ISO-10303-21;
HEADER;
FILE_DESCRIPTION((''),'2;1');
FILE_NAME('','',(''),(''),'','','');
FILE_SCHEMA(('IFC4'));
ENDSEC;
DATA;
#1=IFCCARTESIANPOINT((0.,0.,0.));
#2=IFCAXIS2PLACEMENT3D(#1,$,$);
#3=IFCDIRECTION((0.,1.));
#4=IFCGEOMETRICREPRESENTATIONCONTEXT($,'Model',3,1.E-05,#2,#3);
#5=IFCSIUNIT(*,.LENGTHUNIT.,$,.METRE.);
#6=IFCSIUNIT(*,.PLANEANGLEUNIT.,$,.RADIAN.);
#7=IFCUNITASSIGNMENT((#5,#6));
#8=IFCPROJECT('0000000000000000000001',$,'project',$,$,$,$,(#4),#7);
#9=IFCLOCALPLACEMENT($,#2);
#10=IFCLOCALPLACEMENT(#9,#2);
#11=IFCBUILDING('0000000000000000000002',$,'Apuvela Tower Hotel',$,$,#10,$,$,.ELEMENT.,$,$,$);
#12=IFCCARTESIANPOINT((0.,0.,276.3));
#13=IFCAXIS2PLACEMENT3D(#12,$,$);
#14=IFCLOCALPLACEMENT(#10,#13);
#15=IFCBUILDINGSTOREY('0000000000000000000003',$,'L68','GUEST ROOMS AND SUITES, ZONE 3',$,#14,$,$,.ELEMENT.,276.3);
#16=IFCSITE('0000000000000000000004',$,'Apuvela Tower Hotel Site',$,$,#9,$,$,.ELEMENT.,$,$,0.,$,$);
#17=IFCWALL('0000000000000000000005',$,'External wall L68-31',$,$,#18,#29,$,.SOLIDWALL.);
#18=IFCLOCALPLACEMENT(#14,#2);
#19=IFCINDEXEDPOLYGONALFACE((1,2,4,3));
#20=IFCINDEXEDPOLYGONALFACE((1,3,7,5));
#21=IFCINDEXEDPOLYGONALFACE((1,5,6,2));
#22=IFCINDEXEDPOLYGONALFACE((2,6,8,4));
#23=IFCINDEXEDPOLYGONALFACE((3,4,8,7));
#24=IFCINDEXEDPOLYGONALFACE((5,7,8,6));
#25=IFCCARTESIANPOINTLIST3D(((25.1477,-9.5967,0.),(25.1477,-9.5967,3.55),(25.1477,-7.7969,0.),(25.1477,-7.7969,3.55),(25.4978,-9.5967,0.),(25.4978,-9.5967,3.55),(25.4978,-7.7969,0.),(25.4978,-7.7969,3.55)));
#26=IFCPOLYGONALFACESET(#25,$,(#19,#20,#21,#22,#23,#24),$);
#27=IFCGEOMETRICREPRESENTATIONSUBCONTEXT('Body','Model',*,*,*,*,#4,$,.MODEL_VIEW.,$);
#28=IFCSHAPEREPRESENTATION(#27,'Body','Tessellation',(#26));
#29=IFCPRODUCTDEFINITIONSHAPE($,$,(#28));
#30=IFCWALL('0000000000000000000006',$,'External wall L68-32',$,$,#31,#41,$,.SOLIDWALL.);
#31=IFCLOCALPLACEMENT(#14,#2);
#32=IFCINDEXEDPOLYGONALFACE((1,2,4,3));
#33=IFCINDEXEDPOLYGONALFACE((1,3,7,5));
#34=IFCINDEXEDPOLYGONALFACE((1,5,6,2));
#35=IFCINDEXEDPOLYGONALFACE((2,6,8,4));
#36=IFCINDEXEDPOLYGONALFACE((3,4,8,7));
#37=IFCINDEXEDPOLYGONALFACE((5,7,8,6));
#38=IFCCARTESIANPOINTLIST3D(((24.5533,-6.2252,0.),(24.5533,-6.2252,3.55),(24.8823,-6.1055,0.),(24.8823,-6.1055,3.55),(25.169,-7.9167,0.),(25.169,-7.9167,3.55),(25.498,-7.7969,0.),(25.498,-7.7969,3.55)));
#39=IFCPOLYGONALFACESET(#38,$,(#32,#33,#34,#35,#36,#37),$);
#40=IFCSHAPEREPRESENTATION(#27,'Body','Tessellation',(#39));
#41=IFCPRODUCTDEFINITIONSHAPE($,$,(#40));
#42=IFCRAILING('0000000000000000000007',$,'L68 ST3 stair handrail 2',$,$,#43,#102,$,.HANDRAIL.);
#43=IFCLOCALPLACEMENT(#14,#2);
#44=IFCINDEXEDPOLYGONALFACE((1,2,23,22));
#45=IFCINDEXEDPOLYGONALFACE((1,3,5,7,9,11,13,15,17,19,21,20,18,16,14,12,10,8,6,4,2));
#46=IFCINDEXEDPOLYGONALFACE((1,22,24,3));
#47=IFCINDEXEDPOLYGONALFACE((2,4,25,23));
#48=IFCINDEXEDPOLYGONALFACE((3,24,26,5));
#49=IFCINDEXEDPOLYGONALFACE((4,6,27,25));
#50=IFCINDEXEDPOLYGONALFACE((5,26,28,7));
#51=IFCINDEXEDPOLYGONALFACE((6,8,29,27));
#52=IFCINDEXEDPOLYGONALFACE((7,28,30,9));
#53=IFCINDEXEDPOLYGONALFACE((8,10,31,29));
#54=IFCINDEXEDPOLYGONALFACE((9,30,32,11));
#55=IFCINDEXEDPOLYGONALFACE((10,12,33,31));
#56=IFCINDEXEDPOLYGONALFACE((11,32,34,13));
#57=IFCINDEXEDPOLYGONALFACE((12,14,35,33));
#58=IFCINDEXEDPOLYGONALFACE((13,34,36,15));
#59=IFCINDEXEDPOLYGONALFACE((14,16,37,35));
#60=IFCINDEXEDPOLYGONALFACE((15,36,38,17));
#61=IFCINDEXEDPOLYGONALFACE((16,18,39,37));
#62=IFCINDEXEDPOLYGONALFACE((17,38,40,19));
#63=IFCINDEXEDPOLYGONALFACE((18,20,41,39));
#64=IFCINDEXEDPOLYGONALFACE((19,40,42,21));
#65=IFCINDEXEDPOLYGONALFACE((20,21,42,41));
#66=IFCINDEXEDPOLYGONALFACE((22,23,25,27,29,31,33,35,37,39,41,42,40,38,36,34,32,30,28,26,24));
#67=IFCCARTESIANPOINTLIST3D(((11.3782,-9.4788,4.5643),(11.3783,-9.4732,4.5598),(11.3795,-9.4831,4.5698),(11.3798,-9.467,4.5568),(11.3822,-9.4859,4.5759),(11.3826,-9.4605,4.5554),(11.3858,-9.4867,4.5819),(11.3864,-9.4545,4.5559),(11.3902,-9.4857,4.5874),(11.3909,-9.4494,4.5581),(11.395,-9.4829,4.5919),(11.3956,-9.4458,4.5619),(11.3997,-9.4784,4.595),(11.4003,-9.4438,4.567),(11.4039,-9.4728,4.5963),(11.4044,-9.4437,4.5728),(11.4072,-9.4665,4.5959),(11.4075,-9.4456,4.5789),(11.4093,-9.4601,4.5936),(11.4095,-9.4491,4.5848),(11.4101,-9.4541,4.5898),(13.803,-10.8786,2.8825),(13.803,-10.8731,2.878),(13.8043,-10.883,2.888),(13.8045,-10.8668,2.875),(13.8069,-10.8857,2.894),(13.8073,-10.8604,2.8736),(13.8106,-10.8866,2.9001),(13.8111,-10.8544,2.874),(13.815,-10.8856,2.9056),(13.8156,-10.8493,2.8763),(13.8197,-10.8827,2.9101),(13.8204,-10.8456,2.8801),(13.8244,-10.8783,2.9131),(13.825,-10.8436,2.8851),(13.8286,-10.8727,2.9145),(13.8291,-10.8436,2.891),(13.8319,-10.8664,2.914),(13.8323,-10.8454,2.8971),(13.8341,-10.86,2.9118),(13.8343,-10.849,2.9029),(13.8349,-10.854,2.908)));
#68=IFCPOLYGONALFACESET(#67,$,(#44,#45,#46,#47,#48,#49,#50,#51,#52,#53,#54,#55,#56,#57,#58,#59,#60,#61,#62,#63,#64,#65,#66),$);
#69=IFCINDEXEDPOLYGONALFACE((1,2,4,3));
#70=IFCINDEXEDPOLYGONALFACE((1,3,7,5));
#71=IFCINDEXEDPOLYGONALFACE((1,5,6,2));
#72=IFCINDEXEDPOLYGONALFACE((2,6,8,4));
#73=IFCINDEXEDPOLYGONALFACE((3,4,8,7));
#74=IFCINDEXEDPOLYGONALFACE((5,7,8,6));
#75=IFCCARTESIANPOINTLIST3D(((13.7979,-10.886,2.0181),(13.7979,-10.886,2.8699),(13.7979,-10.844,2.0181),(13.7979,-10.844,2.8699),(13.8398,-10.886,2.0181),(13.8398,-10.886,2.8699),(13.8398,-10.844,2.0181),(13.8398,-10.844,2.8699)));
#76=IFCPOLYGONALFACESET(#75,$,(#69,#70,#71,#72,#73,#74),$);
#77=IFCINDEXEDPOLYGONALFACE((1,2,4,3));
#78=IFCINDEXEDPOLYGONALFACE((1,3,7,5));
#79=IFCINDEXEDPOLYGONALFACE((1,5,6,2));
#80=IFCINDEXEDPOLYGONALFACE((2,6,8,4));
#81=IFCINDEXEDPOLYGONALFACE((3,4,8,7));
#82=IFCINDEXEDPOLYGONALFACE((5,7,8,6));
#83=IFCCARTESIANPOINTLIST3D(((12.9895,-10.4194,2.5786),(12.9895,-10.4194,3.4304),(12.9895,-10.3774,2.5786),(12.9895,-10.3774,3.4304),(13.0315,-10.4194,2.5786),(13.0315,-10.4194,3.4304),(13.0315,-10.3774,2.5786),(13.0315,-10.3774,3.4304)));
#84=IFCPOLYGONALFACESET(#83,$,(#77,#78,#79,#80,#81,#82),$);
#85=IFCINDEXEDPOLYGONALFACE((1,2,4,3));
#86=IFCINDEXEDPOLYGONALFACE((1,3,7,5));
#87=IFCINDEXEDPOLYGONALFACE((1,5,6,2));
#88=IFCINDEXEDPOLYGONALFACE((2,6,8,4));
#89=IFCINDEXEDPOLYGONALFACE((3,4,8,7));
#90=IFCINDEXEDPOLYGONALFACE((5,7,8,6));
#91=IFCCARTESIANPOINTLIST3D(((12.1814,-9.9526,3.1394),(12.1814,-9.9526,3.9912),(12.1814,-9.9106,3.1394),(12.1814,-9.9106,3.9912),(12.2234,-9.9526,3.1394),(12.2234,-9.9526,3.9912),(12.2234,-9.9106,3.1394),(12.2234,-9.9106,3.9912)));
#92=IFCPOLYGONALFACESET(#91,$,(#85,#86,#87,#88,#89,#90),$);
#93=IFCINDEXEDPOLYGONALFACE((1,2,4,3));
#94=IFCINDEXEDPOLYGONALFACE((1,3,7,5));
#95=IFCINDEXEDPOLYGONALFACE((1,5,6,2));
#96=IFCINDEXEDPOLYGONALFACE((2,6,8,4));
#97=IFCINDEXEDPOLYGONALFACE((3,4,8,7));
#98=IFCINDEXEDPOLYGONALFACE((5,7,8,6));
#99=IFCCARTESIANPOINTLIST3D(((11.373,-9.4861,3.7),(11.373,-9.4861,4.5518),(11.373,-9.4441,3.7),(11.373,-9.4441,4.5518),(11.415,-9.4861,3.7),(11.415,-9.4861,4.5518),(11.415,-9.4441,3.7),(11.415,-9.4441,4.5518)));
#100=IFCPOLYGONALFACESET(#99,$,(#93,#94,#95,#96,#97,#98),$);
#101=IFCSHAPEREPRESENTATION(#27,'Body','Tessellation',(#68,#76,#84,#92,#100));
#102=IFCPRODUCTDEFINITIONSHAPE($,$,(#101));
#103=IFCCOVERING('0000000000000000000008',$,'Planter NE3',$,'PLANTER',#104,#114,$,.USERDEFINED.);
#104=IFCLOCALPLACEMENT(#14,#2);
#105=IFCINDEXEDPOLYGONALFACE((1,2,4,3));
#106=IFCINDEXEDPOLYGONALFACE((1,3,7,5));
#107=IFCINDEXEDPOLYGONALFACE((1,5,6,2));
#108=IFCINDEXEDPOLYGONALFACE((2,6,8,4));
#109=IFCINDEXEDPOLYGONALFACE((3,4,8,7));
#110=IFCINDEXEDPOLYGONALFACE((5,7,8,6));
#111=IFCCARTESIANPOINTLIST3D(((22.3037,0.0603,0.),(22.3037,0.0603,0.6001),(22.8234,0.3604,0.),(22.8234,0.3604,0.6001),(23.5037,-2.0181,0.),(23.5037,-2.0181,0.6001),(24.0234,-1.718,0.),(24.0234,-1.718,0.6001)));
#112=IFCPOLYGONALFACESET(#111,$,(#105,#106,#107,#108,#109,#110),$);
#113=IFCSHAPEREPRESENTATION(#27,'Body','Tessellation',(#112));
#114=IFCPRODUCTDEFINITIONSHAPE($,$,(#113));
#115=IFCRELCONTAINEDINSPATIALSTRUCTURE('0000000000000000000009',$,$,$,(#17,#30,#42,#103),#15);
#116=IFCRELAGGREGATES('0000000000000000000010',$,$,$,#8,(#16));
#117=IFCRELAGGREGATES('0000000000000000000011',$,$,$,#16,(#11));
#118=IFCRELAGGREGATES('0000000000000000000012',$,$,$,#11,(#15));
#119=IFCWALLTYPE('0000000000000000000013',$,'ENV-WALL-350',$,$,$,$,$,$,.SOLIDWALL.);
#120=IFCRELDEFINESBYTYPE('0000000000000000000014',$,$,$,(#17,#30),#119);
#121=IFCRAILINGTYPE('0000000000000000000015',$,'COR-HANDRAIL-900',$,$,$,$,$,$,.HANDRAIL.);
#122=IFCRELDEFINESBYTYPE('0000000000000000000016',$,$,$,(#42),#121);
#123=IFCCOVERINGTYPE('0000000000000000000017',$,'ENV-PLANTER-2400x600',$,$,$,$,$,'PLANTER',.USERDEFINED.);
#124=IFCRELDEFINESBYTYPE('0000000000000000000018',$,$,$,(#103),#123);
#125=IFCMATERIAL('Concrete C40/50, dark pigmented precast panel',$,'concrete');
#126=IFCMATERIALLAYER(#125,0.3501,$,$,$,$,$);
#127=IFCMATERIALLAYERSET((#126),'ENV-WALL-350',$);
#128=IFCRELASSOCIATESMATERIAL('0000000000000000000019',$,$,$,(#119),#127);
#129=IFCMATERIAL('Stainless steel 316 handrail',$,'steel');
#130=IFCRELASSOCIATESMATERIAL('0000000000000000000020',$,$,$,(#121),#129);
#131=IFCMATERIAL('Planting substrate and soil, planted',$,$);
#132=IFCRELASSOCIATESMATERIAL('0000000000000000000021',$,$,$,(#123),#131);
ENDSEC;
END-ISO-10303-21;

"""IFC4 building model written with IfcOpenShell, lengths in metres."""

from ifc_helpers import new_model, si_unit, direction, frame, frame_2d, origin, origin_2d, place, context, subcontext, project, spatial, rectangle, circle, extrude, material, layer, layer_set, type_object, element, save


model = new_model("IFC4")

# Units and contexts
model_context = context("Model", 3, precision=1e-05, world=origin(), true_north=direction((0.0, 1.0)))
body_context = subcontext(model_context, "Body", "Model", "MODEL_VIEW")
ifc_project = project(units=[si_unit("LENGTHUNIT", "METRE"), si_unit("PLANEANGLEUNIT", "RADIAN")], contexts=[model_context])

# Site, building, storey
site_placement = place(None, origin())
site = spatial("IfcSite", under=ifc_project, at=site_placement, Name="Apuvela Tower Hotel Site", CompositionType="ELEMENT", RefElevation=0.0)
building_placement = place(site_placement, origin())
building = spatial("IfcBuilding", under=site, at=building_placement, Name="Apuvela Tower Hotel", CompositionType="ELEMENT")
storey_placement = place(building_placement, frame((0.0, 0.0, 276.3)))
storey = spatial("IfcBuildingStorey", under=building, at=storey_placement, Name="L68", Description="GUEST ROOMS AND SUITES, ZONE 3", CompositionType="ELEMENT", Elevation=276.3)

# Walls
ifc_material_1 = material(Name="Concrete C40/50, dark pigmented precast panel", Category="concrete")
ifc_layer_1 = layer(ifc_material_1, 0.3501)
ifc_layer_set_1 = layer_set([ifc_layer_1], Name="ENV-WALL-350")
wall_type_1 = type_object("IfcWallType", Name="ENV-WALL-350", PredefinedType="SOLIDWALL", material=ifc_layer_set_1)
wall_1_placement = place(storey_placement, frame((25.3228, -9.5967, 0.0), z_axis=(0.0, 0.0, 1.0), x_axis=(0.0, 1.0, 0.0)))
element("IfcWall", 1, at=wall_1_placement, inside=storey, type_object=wall_type_1, Name="External wall L68-31", PredefinedType="SOLIDWALL", context=body_context, shape_type="SweptSolid", body=[
    extrude(rectangle(XDim=1.7998, YDim=0.3501, at=frame_2d((0.8999, 0.0))), origin(), (0.0, 0.0, 1.0), 3.55),
])
wall_2_placement = place(storey_placement, frame((25.3335, -7.8567, 0.0), z_axis=(0.0, 0.0, 1.0), x_axis=(-0.34207, 0.939675, 0.0)))
element("IfcWall", 2, at=wall_2_placement, inside=storey, type_object=wall_type_1, Name="External wall L68-32", PredefinedType="SOLIDWALL", context=body_context, shape_type="SweptSolid", body=[
    extrude(rectangle(XDim=1.8, YDim=0.3501, at=frame_2d((0.8999, 0.0))), origin(), (0.0, 0.0, 1.0), 3.55),
])

# Railing
ifc_material_2 = material(Name="Stainless steel 316 handrail", Category="steel")
railing_type_1 = type_object("IfcRailingType", Name="COR-HANDRAIL-900", PredefinedType="HANDRAIL", material=ifc_material_2)
railing_1_placement = place(storey_placement, frame((13.8188, -10.865, 2.0181)))
element("IfcRailing", 3, at=railing_1_placement, inside=storey, type_object=railing_type_1, Name="L68 ST3 stair handrail 2", PredefinedType="HANDRAIL", context=body_context, shape_type="SweptSolid", body=[
    extrude(circle(Radius=0.0239, at=origin_2d()), frame((0.0, 0.0, 0.876), z_axis=(-0.74239, 0.428601, 0.514934), x_axis=(-0.499984, -0.866035, 0.0)), (0.0, 0.0, 1.0), 3.2661),
    extrude(rectangle(XDim=0.042, YDim=0.042, at=origin_2d()), origin(), (0.0, 0.0, 1.0), 0.8518),
    extrude(rectangle(XDim=0.042, YDim=0.042, at=origin_2d()), frame((-0.8083, 0.4666, 0.5605)), (0.0, 0.0, 1.0), 0.8518),
    extrude(rectangle(XDim=0.042, YDim=0.042, at=origin_2d()), frame((-1.6165, 0.9333, 1.1213)), (0.0, 0.0, 1.0), 0.8518),
    extrude(rectangle(XDim=0.042, YDim=0.042, at=origin_2d()), frame((-2.4248, 1.3999, 1.6819)), (0.0, 0.0, 1.0), 0.8518),
])

# Covering
ifc_material_3 = material(Name="Planting substrate and soil, planted")
covering_type = type_object("IfcCoveringType", Name="ENV-PLANTER-2400x600", ElementType="PLANTER", PredefinedType="USERDEFINED", material=ifc_material_3)
covering_placement = place(storey_placement, frame((23.1636, -0.8289, 0.0), z_axis=(0.0, 0.0, 1.0), x_axis=(-0.5, 0.866025, 0.0)))
element("IfcCovering", 4, at=covering_placement, inside=storey, type_object=covering_type, Name="Planter NE3", ObjectType="PLANTER", PredefinedType="USERDEFINED", context=body_context, shape_type="SweptSolid", body=[
    extrude(rectangle(XDim=2.3999, YDim=0.6001, at=origin_2d()), origin(), (0.0, 0.0, 1.0), 0.6001),
])

save(model, "model.ifc")
